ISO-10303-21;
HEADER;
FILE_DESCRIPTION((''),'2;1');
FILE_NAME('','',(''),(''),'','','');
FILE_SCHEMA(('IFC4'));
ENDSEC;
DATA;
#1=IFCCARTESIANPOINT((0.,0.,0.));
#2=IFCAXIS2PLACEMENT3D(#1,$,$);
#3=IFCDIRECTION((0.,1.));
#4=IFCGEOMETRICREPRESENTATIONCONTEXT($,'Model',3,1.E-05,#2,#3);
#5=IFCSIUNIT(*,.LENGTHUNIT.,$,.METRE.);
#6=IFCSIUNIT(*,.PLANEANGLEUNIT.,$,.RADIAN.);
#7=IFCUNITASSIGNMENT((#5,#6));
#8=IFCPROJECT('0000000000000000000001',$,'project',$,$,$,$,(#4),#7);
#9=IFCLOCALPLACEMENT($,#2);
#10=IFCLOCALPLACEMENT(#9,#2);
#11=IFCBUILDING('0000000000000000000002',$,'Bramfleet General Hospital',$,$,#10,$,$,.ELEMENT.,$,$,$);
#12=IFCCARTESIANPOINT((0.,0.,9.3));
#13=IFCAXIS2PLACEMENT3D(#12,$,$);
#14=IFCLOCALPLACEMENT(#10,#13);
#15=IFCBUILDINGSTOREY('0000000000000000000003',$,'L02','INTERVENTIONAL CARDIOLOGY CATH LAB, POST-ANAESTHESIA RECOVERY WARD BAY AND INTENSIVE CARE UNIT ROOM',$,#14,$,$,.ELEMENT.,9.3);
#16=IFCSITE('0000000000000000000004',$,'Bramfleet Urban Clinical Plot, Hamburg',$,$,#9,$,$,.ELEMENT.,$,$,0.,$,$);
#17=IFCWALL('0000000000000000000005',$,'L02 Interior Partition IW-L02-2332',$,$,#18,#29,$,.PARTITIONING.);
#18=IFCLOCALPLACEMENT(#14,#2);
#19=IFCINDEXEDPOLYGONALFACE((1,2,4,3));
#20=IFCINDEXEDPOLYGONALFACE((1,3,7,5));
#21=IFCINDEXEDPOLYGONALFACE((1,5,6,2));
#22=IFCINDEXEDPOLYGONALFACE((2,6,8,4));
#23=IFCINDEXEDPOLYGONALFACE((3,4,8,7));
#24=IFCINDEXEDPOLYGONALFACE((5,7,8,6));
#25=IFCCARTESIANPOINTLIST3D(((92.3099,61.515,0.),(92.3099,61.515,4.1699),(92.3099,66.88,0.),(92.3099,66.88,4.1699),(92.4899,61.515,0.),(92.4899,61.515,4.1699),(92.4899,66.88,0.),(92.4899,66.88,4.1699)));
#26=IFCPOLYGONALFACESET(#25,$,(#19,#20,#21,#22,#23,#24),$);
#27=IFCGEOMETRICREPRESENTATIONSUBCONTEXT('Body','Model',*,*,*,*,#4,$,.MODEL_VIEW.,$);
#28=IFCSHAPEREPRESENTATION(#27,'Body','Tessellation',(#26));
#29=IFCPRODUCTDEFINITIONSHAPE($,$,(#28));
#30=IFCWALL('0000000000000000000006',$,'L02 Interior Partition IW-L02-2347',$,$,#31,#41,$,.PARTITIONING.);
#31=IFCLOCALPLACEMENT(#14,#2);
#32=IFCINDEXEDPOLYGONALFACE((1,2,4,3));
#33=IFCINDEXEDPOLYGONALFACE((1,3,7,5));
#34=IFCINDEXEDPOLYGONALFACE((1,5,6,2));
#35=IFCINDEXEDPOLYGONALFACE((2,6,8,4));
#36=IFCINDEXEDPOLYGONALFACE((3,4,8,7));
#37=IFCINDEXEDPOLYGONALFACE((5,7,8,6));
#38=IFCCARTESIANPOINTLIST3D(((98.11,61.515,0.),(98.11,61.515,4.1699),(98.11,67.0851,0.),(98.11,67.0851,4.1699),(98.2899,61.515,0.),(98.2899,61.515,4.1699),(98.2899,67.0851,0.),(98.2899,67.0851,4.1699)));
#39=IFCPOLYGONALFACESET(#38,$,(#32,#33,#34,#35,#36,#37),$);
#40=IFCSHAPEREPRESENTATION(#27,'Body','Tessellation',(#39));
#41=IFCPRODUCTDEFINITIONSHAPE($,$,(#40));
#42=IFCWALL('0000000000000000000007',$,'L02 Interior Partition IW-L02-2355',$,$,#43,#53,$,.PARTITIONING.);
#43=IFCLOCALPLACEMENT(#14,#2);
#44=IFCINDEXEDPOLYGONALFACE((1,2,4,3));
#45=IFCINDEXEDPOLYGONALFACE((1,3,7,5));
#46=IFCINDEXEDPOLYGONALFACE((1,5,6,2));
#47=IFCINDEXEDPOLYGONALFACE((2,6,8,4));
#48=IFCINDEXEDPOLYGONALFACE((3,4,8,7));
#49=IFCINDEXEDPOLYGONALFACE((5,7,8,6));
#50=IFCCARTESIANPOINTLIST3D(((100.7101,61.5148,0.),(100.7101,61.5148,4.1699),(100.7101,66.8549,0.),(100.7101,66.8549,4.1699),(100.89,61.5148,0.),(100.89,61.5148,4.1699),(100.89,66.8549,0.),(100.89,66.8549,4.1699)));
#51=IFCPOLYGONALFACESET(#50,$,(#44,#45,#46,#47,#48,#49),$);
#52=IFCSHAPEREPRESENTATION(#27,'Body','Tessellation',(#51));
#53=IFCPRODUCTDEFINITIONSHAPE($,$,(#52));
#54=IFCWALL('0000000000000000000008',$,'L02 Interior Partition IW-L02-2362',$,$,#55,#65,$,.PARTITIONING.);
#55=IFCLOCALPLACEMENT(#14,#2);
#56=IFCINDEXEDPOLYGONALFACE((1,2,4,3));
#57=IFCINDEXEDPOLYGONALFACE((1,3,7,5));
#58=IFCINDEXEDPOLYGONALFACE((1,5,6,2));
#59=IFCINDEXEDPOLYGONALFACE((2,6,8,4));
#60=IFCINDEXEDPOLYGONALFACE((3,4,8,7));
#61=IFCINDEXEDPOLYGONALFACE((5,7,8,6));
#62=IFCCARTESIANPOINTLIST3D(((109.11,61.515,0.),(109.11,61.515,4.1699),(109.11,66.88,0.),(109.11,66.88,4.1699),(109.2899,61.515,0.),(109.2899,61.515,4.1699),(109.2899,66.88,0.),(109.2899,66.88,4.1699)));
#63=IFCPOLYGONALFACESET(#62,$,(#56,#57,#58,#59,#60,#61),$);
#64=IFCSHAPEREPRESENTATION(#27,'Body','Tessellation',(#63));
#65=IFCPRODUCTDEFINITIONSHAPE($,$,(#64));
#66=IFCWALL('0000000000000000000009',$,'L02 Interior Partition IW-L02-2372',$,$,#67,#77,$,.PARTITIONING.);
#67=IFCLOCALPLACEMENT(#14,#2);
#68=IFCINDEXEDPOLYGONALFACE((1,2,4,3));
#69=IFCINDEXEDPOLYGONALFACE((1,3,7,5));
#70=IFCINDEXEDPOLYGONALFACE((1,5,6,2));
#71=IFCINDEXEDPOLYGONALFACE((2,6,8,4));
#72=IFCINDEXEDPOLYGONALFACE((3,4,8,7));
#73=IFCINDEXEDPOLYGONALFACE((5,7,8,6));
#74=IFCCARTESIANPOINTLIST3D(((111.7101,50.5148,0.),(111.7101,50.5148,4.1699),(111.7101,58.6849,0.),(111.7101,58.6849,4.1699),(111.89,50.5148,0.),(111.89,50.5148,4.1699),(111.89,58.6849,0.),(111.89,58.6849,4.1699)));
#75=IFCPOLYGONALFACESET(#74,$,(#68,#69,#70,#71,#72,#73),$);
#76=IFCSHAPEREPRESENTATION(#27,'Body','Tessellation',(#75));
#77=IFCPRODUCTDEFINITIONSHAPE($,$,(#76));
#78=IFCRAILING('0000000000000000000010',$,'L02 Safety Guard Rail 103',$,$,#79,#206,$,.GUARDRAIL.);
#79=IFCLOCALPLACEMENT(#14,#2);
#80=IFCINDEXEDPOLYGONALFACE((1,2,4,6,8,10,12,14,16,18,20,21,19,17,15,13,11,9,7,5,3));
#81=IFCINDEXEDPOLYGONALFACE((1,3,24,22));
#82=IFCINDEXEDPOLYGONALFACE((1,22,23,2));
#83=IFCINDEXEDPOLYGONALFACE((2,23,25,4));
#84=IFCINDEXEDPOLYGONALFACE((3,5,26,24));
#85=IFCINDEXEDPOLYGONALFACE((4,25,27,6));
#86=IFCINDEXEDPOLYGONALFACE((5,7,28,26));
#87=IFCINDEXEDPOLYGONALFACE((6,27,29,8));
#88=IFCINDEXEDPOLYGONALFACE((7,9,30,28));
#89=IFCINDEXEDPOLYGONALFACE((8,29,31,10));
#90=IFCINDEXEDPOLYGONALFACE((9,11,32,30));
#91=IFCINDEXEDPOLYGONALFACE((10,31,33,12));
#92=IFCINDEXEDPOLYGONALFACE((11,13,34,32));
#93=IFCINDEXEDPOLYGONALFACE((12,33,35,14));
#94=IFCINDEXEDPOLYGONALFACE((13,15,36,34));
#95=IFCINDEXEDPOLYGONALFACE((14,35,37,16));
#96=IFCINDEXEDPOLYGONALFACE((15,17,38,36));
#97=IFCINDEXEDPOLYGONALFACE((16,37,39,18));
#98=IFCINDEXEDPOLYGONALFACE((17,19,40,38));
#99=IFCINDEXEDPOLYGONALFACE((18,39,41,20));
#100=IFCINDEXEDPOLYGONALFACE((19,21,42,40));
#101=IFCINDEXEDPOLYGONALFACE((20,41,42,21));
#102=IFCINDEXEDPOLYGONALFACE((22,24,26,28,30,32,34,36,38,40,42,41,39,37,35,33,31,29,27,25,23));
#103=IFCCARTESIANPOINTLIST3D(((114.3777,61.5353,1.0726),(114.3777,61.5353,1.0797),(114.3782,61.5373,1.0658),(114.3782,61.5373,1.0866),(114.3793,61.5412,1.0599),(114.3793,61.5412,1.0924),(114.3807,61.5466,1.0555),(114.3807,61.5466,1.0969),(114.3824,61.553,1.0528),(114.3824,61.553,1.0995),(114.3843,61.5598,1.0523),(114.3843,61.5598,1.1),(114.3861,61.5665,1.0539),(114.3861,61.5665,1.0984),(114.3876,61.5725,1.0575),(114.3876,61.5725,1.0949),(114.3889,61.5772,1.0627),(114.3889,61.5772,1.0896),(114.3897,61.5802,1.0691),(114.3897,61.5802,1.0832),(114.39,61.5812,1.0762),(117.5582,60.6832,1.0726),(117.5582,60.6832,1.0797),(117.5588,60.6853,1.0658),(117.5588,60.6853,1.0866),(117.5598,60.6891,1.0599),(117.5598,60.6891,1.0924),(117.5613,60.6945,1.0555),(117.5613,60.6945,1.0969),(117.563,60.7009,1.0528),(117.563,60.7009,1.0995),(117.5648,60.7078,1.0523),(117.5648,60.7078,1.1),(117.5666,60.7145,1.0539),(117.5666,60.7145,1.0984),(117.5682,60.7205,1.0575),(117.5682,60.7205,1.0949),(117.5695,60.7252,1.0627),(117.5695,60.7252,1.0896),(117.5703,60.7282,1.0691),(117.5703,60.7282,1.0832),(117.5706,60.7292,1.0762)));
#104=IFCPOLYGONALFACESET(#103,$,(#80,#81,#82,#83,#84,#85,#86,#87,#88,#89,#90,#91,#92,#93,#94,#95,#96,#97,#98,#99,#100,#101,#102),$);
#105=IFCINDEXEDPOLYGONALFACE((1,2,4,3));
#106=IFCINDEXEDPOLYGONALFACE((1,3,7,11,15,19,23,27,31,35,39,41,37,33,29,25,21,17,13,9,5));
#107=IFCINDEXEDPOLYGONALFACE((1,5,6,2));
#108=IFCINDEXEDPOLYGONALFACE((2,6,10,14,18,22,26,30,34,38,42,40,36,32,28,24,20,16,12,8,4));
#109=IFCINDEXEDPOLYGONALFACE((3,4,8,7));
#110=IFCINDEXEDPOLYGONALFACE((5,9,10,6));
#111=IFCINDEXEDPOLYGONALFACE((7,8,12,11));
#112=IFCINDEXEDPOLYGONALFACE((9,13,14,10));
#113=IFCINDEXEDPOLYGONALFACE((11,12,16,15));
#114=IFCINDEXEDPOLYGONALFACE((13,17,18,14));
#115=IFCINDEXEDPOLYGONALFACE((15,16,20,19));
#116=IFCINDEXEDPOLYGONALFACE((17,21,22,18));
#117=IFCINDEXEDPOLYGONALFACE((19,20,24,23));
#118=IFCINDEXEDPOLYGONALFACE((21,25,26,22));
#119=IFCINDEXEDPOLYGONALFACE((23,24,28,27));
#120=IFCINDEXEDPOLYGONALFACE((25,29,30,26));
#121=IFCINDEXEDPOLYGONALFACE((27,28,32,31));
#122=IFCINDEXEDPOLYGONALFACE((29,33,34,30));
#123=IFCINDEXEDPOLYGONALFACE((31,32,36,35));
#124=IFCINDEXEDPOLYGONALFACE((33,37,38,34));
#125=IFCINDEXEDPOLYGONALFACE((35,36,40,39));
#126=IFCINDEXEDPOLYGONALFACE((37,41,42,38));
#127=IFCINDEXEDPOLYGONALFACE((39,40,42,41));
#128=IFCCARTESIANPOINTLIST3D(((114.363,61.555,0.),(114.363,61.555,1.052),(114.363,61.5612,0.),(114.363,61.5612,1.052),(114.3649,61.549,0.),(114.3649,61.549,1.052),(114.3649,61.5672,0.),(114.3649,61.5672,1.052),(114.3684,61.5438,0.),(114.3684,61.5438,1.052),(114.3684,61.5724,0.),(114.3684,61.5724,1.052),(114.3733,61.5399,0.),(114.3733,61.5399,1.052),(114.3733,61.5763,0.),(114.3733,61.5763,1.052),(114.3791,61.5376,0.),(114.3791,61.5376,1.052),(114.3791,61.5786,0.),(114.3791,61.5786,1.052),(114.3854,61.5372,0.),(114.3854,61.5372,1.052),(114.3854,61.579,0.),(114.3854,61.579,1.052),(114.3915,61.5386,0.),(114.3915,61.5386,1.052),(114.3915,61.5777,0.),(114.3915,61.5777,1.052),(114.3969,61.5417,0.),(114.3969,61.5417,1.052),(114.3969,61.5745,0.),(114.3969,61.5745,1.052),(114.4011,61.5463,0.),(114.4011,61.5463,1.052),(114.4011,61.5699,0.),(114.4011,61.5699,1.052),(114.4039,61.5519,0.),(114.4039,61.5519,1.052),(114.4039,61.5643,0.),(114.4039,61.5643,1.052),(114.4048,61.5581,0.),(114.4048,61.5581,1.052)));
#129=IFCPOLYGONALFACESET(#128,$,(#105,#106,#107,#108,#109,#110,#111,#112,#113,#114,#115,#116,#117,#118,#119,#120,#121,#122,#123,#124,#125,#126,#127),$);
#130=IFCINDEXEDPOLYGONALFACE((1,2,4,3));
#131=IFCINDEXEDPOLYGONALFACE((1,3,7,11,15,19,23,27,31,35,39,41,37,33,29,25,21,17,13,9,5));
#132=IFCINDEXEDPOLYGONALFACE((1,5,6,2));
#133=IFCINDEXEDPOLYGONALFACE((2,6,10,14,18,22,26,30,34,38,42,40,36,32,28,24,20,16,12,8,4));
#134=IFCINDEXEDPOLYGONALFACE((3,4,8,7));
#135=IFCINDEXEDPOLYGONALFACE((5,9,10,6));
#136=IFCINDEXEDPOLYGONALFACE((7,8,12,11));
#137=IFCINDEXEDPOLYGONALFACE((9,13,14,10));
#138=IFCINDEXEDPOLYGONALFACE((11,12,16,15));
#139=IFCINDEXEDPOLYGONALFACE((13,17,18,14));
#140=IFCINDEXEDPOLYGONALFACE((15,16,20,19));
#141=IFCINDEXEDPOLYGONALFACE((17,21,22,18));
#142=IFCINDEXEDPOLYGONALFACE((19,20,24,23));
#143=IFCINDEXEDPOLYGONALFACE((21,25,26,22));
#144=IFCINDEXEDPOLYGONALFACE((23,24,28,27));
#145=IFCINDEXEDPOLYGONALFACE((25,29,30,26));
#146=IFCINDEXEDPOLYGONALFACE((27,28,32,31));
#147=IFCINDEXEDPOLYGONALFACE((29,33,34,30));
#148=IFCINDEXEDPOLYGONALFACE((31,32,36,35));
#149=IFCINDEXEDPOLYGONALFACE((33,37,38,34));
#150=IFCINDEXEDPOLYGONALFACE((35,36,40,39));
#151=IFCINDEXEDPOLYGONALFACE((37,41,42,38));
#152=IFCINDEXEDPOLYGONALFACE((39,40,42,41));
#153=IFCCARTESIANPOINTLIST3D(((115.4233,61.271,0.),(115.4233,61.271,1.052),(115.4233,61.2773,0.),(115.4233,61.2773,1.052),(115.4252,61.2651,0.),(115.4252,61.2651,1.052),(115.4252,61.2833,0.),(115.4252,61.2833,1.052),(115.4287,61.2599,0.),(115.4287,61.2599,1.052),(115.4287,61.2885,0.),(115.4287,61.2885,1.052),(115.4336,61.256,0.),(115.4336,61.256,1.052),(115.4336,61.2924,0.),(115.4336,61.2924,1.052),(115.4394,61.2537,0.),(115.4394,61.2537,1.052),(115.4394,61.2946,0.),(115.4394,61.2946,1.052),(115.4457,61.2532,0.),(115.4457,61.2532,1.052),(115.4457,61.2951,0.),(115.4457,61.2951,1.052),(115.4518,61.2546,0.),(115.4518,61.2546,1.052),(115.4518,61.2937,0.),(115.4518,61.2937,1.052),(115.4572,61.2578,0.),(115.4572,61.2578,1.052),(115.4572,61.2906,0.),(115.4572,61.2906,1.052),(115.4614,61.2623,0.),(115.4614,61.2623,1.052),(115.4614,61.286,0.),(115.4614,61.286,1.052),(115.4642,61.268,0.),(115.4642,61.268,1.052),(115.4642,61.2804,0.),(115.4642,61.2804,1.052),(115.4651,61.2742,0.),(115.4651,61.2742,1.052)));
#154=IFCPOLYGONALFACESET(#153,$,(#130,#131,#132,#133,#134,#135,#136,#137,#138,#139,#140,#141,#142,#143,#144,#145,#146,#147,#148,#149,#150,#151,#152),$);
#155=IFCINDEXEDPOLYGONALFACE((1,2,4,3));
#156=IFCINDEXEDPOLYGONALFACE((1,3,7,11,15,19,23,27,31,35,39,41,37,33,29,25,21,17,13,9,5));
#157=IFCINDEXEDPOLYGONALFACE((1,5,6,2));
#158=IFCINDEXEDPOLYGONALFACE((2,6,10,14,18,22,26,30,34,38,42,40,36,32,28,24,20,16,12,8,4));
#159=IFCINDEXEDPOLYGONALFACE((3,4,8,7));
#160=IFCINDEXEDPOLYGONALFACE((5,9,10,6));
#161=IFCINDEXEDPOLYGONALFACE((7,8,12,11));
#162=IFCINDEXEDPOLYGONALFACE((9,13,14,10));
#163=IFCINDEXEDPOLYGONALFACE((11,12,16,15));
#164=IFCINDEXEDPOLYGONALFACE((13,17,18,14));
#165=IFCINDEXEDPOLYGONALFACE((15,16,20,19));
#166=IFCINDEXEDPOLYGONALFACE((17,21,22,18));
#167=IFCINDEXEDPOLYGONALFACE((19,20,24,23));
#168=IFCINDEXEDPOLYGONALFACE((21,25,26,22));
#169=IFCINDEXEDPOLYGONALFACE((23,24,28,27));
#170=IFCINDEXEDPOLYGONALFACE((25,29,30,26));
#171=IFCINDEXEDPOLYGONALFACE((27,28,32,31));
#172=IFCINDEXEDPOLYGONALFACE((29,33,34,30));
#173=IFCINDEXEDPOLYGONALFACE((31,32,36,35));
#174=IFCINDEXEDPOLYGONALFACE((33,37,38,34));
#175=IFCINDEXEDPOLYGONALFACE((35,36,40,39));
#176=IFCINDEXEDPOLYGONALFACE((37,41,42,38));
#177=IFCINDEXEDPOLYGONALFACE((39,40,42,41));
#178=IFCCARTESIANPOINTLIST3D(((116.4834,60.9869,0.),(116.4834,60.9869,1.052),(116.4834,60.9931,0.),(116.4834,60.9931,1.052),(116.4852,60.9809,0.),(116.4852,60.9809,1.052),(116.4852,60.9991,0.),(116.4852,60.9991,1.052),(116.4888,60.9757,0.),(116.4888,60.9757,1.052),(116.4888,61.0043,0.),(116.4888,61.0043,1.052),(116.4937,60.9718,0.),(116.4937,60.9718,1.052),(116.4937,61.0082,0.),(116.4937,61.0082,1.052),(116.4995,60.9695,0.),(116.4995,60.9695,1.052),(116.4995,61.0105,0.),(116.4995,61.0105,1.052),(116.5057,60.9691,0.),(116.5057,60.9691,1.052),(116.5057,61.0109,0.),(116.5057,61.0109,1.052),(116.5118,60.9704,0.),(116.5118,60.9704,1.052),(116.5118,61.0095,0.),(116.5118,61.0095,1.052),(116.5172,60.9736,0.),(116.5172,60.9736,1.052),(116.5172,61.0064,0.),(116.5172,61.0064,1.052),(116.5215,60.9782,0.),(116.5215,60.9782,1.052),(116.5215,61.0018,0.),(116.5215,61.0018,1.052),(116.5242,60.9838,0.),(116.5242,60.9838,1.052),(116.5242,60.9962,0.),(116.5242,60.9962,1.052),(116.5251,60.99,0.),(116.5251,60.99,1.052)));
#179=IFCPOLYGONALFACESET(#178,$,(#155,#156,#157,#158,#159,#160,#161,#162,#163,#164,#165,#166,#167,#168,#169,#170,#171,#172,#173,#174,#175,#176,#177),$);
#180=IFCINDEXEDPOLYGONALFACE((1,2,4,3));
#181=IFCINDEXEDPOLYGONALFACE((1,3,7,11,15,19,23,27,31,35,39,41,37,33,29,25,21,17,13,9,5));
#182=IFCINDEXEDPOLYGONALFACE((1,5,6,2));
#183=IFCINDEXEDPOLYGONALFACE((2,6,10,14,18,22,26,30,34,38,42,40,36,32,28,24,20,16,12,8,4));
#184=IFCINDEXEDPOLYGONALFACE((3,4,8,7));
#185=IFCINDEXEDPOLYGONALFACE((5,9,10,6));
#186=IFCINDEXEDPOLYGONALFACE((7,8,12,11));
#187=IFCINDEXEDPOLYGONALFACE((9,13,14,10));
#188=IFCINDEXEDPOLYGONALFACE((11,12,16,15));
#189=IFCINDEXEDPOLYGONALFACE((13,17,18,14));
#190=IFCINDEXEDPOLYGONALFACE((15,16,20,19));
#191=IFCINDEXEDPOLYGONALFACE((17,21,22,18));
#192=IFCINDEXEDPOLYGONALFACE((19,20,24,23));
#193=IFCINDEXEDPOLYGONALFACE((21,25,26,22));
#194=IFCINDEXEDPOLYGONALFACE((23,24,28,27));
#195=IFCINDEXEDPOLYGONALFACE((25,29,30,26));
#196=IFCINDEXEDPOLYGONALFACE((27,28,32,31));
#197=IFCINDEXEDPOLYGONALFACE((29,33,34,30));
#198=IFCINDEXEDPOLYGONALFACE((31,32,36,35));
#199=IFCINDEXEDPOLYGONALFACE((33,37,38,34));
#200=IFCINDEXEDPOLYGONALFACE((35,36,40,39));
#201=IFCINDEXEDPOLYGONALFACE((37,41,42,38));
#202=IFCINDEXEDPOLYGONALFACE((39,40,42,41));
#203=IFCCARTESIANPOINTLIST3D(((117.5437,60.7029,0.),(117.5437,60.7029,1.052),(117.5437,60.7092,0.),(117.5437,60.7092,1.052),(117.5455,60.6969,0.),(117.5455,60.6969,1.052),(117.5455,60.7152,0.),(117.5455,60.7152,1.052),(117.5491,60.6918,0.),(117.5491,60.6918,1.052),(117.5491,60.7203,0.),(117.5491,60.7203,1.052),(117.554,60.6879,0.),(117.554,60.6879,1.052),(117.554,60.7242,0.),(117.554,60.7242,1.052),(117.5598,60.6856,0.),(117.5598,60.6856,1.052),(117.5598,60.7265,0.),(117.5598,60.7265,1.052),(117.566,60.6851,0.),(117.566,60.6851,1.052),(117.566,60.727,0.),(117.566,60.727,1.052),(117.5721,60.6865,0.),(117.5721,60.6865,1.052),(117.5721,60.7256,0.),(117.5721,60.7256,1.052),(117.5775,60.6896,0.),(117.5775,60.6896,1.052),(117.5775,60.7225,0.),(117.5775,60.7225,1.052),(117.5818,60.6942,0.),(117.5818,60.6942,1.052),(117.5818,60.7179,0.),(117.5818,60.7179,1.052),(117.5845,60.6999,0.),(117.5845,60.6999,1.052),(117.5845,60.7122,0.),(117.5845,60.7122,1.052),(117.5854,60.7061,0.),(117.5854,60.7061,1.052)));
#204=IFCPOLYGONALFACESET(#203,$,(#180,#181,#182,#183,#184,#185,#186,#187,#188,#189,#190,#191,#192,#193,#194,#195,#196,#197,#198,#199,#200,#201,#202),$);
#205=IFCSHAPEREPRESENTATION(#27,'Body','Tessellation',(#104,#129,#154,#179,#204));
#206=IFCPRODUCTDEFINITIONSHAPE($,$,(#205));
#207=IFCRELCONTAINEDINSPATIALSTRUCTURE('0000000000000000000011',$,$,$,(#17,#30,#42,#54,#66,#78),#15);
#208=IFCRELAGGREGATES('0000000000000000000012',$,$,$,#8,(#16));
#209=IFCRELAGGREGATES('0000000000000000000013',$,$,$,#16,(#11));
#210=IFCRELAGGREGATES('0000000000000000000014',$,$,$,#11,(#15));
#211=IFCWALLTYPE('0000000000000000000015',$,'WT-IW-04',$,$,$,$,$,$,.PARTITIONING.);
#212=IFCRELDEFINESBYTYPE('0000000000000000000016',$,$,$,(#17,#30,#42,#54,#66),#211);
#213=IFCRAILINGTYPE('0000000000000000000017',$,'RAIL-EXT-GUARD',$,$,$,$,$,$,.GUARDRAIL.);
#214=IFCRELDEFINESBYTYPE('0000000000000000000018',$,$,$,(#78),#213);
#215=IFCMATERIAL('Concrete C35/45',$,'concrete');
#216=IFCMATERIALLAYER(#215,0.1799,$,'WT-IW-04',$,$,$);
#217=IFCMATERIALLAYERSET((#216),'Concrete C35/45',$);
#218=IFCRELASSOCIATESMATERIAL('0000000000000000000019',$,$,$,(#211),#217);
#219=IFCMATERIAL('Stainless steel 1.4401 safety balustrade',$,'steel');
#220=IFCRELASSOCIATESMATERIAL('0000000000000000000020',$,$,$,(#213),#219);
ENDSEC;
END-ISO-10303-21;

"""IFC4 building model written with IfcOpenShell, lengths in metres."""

from ifc_helpers import new_model, si_unit, direction, frame, frame_2d, origin, origin_2d, place, context, subcontext, project, spatial, rectangle, circle, extrude, material, layer, layer_set, type_object, element, save


model = new_model("IFC4")

# Units and contexts
model_context = context("Model", 3, precision=1e-05, world=origin(), true_north=direction((0.0, 1.0)))
body_context = subcontext(model_context, "Body", "Model", "MODEL_VIEW")
ifc_project = project(units=[si_unit("LENGTHUNIT", "METRE"), si_unit("PLANEANGLEUNIT", "RADIAN")], contexts=[model_context])

# Site, building, storey
site_placement = place(None, origin())
site = spatial("IfcSite", under=ifc_project, at=site_placement, Name="Bramfleet Urban Clinical Plot, Hamburg", CompositionType="ELEMENT", RefElevation=0.0)
building_placement = place(site_placement, origin())
building = spatial("IfcBuilding", under=site, at=building_placement, Name="Bramfleet General Hospital", CompositionType="ELEMENT")
storey_placement = place(building_placement, frame((0.0, 0.0, 9.3)))
storey = spatial("IfcBuildingStorey", under=building, at=storey_placement, Name="L02", Description="INTERVENTIONAL CARDIOLOGY CATH LAB, POST-ANAESTHESIA RECOVERY WARD BAY AND INTENSIVE CARE UNIT ROOM", CompositionType="ELEMENT", Elevation=9.3)

# Shared definitions
ifc_material_1 = material(Name="Concrete C35/45", Category="concrete")

# Shared definitions
ifc_layer_1 = layer(ifc_material_1, 0.1799, Name="WT-IW-04")
ifc_layer_set_1 = layer_set([ifc_layer_1], Name="Concrete C35/45")
wall_type = type_object("IfcWallType", Name="WT-IW-04", PredefinedType="PARTITIONING", material=ifc_layer_set_1)

# Walls
wall_1_placement = place(storey_placement, frame((92.3999, 61.5149, 0.0), z_axis=(0.0, 0.0, 1.0), x_axis=(0.0, 1.0, 0.0)))
element("IfcWall", 1, at=wall_1_placement, inside=storey, type_object=wall_type, Name="L02 Interior Partition IW-L02-2332", PredefinedType="PARTITIONING", context=body_context, shape_type="SweptSolid", body=[
    extrude(rectangle(XDim=5.365, YDim=0.1799, at=frame_2d((2.6826, 0.0))), origin(), (0.0, 0.0, 1.0), 4.1699),
])
wall_2_placement = place(storey_placement, frame((98.2, 61.5149, 0.0), z_axis=(0.0, 0.0, 1.0), x_axis=(0.0, 1.0, 0.0)))
element("IfcWall", 2, at=wall_2_placement, inside=storey, type_object=wall_type, Name="L02 Interior Partition IW-L02-2347", PredefinedType="PARTITIONING", context=body_context, shape_type="SweptSolid", body=[
    extrude(rectangle(XDim=5.5701, YDim=0.1799, at=frame_2d((2.7852, 0.0))), origin(), (0.0, 0.0, 1.0), 4.1699),
])
wall_3_placement = place(storey_placement, frame((100.8, 61.5149, 0.0), z_axis=(0.0, 0.0, 1.0), x_axis=(0.0, 1.0, 0.0)))
element("IfcWall", 3, at=wall_3_placement, inside=storey, type_object=wall_type, Name="L02 Interior Partition IW-L02-2355", PredefinedType="PARTITIONING", context=body_context, shape_type="SweptSolid", body=[
    extrude(rectangle(XDim=5.3401, YDim=0.1799, at=frame_2d((2.6699, 0.0))), origin(), (0.0, 0.0, 1.0), 4.1699),
])
wall_4_placement = place(storey_placement, frame((109.2, 61.5149, 0.0), z_axis=(0.0, 0.0, 1.0), x_axis=(0.0, 1.0, 0.0)))
element("IfcWall", 4, at=wall_4_placement, inside=storey, type_object=wall_type, Name="L02 Interior Partition IW-L02-2362", PredefinedType="PARTITIONING", context=body_context, shape_type="SweptSolid", body=[
    extrude(rectangle(XDim=5.365, YDim=0.1799, at=frame_2d((2.6826, 0.0))), origin(), (0.0, 0.0, 1.0), 4.1699),
])
wall_5_placement = place(storey_placement, frame((111.8, 50.5149, 0.0), z_axis=(0.0, 0.0, 1.0), x_axis=(0.0, 1.0, 0.0)))
element("IfcWall", 5, at=wall_5_placement, inside=storey, type_object=wall_type, Name="L02 Interior Partition IW-L02-2372", PredefinedType="PARTITIONING", context=body_context, shape_type="SweptSolid", body=[
    extrude(rectangle(XDim=8.1702, YDim=0.1799, at=frame_2d((4.085, 0.0))), origin(), (0.0, 0.0, 1.0), 4.1699),
])

# Railing
ifc_material_2 = material(Name="Stainless steel 1.4401 safety balustrade", Category="steel")
railing_type = type_object("IfcRailingType", Name="RAIL-EXT-GUARD", PredefinedType="GUARDRAIL", material=ifc_material_2)
railing_1_placement = place(storey_placement, frame((114.3838, 61.5581, 0.0)))
element("IfcRailing", 6, at=railing_1_placement, inside=storey, type_object=railing_type, Name="L02 Safety Guard Rail 103", PredefinedType="GUARDRAIL", context=body_context, shape_type="SweptSolid", body=[
    extrude(circle(Radius=0.0239, at=origin_2d()), frame((0.0, 0.0, 1.0762), z_axis=(0.965941, -0.258761, 0.0), x_axis=(0.258761, 0.965941, 0.0)), (0.0, 0.0, 1.0), 3.2927),
    extrude(circle(Radius=0.021, at=origin_2d()), origin(), (0.0, 0.0, 1.0), 1.052),
    extrude(circle(Radius=0.021, at=origin_2d()), frame((1.0603, -0.2839, 0.0)), (0.0, 0.0, 1.0), 1.052),
    extrude(circle(Radius=0.021, at=origin_2d()), frame((2.1204, -0.5681, 0.0)), (0.0, 0.0, 1.0), 1.052),
    extrude(circle(Radius=0.021, at=origin_2d()), frame((3.1807, -0.8521, 0.0)), (0.0, 0.0, 1.0), 1.052),
])

save(model, "model.ifc")
